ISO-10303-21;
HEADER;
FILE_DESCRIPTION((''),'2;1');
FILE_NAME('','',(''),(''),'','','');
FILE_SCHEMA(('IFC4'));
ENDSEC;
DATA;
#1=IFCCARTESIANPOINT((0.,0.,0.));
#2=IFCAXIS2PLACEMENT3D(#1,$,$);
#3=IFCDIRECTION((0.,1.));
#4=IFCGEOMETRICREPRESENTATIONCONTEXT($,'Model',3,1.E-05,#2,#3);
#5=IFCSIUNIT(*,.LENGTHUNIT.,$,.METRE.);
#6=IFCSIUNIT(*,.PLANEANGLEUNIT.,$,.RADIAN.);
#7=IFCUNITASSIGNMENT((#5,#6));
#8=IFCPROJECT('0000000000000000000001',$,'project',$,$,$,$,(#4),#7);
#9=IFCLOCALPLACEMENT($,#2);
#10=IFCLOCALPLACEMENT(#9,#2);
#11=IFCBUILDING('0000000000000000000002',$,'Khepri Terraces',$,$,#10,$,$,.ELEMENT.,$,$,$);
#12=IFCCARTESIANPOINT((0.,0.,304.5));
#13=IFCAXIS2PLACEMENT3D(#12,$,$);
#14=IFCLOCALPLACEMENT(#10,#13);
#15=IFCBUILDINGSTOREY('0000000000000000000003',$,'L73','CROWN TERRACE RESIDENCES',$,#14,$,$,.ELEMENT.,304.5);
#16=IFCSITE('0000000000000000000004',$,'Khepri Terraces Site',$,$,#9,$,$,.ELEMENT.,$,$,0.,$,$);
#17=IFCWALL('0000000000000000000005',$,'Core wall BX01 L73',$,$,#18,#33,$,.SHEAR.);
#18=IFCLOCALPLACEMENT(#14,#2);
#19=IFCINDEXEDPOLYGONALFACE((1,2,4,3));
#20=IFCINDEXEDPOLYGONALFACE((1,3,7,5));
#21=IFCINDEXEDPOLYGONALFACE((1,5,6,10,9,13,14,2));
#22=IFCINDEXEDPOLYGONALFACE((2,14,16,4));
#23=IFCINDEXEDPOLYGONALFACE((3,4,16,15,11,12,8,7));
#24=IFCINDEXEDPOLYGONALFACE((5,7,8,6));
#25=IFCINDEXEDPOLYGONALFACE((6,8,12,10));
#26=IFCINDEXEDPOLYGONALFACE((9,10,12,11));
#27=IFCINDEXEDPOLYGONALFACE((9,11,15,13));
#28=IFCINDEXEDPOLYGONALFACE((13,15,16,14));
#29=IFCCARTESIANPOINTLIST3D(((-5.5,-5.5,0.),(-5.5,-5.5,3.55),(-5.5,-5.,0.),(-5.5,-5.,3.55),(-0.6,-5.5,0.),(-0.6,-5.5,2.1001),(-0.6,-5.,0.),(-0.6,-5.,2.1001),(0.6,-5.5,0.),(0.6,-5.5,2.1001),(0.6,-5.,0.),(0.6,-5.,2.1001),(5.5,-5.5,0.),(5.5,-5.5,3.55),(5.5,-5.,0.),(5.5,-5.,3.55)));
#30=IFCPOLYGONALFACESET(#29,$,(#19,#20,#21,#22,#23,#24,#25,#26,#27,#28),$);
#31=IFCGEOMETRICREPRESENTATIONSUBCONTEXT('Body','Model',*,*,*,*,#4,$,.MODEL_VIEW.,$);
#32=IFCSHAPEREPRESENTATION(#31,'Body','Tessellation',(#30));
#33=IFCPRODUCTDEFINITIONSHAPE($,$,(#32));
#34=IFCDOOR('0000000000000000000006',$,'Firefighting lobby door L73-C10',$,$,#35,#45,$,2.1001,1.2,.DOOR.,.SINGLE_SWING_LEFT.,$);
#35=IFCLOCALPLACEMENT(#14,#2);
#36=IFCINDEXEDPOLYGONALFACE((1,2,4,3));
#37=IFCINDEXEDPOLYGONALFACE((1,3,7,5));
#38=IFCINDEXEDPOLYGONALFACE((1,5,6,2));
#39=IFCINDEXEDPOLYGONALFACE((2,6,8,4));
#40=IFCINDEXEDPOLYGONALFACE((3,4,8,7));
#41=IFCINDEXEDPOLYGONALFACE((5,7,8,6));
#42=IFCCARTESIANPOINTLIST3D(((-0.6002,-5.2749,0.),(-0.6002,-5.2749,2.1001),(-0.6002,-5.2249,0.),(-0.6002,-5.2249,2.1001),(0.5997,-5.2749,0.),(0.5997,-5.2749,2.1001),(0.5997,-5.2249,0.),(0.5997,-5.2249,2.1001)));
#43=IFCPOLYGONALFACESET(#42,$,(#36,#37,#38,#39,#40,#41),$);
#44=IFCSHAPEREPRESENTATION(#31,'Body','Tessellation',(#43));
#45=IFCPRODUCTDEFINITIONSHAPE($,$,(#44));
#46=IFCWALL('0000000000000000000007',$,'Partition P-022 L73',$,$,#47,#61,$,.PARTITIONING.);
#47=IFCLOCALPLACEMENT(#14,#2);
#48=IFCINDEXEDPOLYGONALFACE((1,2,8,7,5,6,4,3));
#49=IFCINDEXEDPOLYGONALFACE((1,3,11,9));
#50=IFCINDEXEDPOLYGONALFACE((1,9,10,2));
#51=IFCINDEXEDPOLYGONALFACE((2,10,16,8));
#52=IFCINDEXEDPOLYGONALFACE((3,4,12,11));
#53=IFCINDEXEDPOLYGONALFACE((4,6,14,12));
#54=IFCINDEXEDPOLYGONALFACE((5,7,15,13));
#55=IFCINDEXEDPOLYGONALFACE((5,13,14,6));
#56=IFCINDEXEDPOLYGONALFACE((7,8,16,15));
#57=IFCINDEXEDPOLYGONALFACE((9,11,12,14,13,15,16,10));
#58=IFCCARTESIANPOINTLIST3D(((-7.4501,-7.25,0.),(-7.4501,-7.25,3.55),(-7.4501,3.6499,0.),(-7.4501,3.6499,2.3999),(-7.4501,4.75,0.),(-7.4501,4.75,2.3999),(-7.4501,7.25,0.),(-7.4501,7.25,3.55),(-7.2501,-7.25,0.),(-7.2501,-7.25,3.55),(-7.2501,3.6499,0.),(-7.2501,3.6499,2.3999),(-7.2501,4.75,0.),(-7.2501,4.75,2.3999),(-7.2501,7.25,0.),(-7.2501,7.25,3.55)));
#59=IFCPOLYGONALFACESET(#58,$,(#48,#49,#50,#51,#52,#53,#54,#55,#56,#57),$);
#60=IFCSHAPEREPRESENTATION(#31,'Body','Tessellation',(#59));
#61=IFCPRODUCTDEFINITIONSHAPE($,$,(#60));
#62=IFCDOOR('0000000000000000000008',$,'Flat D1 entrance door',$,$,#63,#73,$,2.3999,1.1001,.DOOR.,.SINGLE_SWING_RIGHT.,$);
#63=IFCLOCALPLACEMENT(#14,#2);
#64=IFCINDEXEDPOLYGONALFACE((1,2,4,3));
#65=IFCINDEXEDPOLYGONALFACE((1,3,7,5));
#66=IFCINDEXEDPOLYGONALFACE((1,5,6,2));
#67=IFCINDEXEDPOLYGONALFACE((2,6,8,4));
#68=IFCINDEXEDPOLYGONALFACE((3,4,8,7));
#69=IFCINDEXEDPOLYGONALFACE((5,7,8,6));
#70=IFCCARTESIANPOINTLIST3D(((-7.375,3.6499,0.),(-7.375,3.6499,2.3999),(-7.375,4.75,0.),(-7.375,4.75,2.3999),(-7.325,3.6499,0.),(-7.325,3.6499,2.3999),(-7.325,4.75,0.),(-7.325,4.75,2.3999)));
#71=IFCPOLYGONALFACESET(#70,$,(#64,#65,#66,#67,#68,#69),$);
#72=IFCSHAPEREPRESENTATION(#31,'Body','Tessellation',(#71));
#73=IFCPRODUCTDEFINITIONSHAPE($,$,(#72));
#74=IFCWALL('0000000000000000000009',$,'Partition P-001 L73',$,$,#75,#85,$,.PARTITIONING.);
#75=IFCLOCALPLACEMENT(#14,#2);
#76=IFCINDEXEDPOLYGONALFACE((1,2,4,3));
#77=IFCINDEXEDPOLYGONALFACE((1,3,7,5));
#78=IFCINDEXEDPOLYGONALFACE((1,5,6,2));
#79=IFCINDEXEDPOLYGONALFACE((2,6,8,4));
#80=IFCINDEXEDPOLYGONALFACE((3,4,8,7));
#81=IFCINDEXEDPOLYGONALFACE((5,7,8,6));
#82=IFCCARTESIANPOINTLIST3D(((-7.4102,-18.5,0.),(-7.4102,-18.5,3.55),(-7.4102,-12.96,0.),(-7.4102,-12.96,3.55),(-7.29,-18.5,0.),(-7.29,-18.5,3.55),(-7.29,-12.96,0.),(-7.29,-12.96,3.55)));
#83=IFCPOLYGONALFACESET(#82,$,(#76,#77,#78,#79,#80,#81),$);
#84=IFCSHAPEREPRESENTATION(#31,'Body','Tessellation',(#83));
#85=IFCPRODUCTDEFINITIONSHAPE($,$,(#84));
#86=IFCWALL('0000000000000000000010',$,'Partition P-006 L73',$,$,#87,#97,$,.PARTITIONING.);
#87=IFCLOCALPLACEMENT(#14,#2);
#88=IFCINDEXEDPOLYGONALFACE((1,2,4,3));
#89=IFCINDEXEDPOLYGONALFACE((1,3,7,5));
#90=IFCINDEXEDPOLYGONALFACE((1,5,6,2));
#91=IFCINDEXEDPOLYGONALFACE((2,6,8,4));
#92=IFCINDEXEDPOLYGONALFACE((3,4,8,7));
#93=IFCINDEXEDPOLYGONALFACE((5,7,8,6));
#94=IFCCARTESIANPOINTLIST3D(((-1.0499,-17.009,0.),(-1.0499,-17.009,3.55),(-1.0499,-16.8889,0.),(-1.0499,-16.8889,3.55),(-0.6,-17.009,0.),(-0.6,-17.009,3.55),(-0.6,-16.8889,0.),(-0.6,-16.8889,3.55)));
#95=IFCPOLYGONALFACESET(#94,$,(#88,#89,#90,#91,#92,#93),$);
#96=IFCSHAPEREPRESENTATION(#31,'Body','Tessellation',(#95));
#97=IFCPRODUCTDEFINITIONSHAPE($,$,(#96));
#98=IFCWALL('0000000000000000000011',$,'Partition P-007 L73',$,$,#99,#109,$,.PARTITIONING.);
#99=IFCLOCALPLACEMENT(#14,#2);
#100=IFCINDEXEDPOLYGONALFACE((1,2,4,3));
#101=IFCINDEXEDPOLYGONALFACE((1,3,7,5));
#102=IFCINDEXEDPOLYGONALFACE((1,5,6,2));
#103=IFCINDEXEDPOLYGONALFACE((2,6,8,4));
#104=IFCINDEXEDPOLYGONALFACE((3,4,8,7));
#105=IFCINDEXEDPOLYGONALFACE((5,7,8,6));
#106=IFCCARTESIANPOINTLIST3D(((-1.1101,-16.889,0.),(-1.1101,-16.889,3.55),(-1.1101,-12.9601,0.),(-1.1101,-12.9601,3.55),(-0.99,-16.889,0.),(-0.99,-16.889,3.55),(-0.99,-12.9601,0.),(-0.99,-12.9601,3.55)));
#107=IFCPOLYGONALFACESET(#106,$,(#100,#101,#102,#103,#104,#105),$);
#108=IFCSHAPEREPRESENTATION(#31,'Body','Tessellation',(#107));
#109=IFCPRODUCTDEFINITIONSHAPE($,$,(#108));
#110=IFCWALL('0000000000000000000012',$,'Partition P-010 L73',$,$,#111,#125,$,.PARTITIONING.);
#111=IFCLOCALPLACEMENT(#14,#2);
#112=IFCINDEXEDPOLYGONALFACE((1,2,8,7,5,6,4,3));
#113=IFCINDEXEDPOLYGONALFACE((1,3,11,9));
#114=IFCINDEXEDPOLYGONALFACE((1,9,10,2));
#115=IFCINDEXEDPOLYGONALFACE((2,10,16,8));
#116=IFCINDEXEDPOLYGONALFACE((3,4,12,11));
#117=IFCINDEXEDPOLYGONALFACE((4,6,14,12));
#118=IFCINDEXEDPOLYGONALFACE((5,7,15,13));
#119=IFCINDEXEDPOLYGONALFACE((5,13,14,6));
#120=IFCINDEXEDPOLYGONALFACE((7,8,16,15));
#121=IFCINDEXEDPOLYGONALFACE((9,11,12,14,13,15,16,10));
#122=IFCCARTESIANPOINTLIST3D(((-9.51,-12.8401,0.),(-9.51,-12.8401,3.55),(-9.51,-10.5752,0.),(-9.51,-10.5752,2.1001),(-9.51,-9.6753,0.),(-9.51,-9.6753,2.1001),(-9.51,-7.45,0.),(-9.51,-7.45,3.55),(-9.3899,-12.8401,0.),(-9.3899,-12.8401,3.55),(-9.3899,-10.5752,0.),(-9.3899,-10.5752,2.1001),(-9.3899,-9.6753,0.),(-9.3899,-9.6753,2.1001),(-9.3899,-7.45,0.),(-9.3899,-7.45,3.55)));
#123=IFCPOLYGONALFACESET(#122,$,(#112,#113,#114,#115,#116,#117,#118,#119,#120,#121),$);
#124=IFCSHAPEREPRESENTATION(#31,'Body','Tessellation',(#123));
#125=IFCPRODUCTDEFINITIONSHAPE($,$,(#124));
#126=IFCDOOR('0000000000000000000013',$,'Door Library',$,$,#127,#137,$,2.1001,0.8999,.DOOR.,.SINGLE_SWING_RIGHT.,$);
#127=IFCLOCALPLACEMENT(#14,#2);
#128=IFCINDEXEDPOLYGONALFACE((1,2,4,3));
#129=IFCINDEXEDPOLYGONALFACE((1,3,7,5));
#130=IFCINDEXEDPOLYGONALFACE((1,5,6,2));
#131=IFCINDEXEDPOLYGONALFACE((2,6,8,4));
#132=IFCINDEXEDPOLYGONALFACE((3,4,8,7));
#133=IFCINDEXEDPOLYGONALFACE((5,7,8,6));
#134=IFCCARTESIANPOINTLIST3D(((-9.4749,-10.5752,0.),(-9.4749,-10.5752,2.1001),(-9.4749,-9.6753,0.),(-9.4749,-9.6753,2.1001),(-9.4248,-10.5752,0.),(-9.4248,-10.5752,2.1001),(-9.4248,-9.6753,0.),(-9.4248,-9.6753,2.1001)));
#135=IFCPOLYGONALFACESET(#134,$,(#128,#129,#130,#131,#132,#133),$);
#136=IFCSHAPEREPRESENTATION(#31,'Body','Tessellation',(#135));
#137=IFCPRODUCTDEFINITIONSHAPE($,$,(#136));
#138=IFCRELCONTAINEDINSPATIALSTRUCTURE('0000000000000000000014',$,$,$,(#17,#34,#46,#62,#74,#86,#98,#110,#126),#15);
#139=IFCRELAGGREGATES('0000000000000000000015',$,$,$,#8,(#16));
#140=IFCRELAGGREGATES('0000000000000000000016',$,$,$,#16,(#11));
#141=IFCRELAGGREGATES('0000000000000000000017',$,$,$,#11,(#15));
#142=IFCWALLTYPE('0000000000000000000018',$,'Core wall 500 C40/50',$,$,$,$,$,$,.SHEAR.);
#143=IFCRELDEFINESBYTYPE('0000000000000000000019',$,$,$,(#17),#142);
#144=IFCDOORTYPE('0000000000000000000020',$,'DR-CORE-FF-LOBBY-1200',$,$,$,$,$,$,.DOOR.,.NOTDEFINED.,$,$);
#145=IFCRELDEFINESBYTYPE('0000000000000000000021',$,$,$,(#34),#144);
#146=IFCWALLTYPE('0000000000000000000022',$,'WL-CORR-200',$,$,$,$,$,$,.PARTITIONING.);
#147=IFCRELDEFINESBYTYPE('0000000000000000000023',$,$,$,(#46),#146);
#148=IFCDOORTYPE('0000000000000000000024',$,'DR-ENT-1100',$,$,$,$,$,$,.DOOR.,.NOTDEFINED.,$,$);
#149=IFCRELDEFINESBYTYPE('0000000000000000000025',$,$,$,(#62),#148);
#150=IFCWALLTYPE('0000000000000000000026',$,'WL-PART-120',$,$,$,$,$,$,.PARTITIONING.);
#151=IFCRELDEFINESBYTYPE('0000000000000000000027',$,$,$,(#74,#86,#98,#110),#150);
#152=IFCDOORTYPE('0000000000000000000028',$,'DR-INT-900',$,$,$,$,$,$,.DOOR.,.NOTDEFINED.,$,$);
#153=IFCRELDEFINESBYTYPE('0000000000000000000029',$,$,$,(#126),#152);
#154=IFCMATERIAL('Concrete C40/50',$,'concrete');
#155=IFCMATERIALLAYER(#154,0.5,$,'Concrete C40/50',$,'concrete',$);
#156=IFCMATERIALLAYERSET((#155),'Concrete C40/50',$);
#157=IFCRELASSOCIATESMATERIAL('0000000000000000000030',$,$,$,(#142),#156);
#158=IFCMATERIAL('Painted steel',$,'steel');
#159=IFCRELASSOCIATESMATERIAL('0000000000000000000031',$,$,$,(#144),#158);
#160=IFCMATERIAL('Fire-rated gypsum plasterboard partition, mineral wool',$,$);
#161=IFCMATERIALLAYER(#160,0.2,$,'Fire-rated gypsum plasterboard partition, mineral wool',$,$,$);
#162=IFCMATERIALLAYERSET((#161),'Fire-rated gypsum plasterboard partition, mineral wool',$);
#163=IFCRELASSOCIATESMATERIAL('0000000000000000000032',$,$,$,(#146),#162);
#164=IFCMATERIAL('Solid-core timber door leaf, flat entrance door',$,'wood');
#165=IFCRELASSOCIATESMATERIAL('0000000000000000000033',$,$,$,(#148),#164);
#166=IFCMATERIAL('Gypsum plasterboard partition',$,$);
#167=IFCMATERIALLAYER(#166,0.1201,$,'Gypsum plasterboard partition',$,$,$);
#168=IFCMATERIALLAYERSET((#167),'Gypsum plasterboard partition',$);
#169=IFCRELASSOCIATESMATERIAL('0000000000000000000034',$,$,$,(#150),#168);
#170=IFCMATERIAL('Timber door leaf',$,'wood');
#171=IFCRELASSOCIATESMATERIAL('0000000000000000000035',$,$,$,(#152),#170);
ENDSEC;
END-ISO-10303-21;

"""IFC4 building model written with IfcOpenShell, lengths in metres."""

from ifc_helpers import new_model, si_unit, direction, frame, frame_2d, origin, place, context, subcontext, project, spatial, rectangle, extrude, material, layer, layer_set, type_object, element, fill, save


model = new_model("IFC4")

# Units and contexts
model_context = context("Model", 3, precision=1e-05, world=origin(), true_north=direction((0.0, 1.0)))
body_context = subcontext(model_context, "Body", "Model", "MODEL_VIEW")
ifc_project = project(units=[si_unit("LENGTHUNIT", "METRE"), si_unit("PLANEANGLEUNIT", "RADIAN")], contexts=[model_context])

# Site, building, storey
site_placement = place(None, origin())
site = spatial("IfcSite", under=ifc_project, at=site_placement, Name="Khepri Terraces Site", CompositionType="ELEMENT", RefElevation=0.0)
building_placement = place(site_placement, origin())
building = spatial("IfcBuilding", under=site, at=building_placement, Name="Khepri Terraces", CompositionType="ELEMENT")
storey_placement = place(building_placement, frame((0.0, 0.0, 304.5)))
storey = spatial("IfcBuildingStorey", under=building, at=storey_placement, Name="L73", Description="CROWN TERRACE RESIDENCES", CompositionType="ELEMENT", Elevation=304.5)

# Walls, openings, doors
ifc_material_1 = material(Name="Concrete C40/50", Category="concrete")
ifc_layer_1 = layer(ifc_material_1, 0.5, Name="Concrete C40/50", Category="concrete")
ifc_layer_set_1 = layer_set([ifc_layer_1], Name="Concrete C40/50")
wall_type_1 = type_object("IfcWallType", Name="Core wall 500 C40/50", PredefinedType="SHEAR", material=ifc_layer_set_1)
wall_1_placement = place(storey_placement, frame((-5.5, -5.25, 0.0), z_axis=(0.0, 0.0, 1.0), x_axis=(1.0, 0.0, 0.0)))
wall_1 = element("IfcWall", 1, at=wall_1_placement, inside=storey, type_object=wall_type_1, Name="Core wall BX01 L73", PredefinedType="SHEAR", context=body_context, shape_type="SweptSolid", body=[
    extrude(rectangle(XDim=11.0, YDim=0.5, at=frame_2d((5.5, 0.0))), origin(), (0.0, 0.0, 1.0), 3.55),
])
opening_1_placement = place(wall_1_placement, frame((4.8999, 0.0, 0.0)))
opening_1 = element("IfcOpeningElement", 2, at=opening_1_placement, cuts=wall_1, PredefinedType="OPENING", context=body_context, shape_type="SweptSolid", body=[
    extrude(rectangle(XDim=1.2, YDim=2.1001, at=frame_2d((0.6001, 1.05))), frame((0.0, 0.26, 0.0), z_axis=(0.0, -1.0, 0.0), x_axis=(1.0, 0.0, 0.0)), (0.0, 0.0, 1.0), 0.52),
])
ifc_material_2 = material(Name="Painted steel", Category="steel")
door_type_1 = type_object("IfcDoorType", Name="DR-CORE-FF-LOBBY-1200", OperationType="NOTDEFINED", PredefinedType="DOOR", material=ifc_material_2)
door_1_placement = place(opening_1_placement, frame((1.2, 0.0, 0.0), z_axis=(0.0, 0.0, 1.0), x_axis=(-1.0, 0.0, 0.0)))
door_1 = element("IfcDoor", 3, at=door_1_placement, inside=storey, type_object=door_type_1, Name="Firefighting lobby door L73-C10", OperationType="SINGLE_SWING_LEFT", OverallHeight=2.1001, OverallWidth=1.2, PredefinedType="DOOR", context=body_context, shape_type="SweptSolid", body=[
    extrude(rectangle(XDim=1.2, YDim=2.1001, at=frame_2d((0.6001, 1.05))), frame((0.0, 0.0249, 0.0), z_axis=(0.0, -1.0, 0.0), x_axis=(1.0, 0.0, 0.0)), (0.0, 0.0, 1.0), 0.05),
])
fill(opening_1, door_1)
ifc_material_3 = material(Name="Fire-rated gypsum plasterboard partition, mineral wool")
ifc_layer_2 = layer(ifc_material_3, 0.2, Name="Fire-rated gypsum plasterboard partition, mineral wool")
ifc_layer_set_2 = layer_set([ifc_layer_2], Name="Fire-rated gypsum plasterboard partition, mineral wool")
wall_type_2 = type_object("IfcWallType", Name="WL-CORR-200", PredefinedType="PARTITIONING", material=ifc_layer_set_2)
wall_2_placement = place(storey_placement, frame((-7.3501, -7.25, 0.0), z_axis=(0.0, 0.0, 1.0), x_axis=(0.0, 1.0, 0.0)))
wall_2 = element("IfcWall", 4, at=wall_2_placement, inside=storey, type_object=wall_type_2, Name="Partition P-022 L73", PredefinedType="PARTITIONING", context=body_context, shape_type="SweptSolid", body=[
    extrude(rectangle(XDim=14.5, YDim=0.2, at=frame_2d((7.25, 0.0))), origin(), (0.0, 0.0, 1.0), 3.55),
])
opening_2_placement = place(wall_2_placement, frame((10.8999, 0.0, 0.0)))
opening_2 = element("IfcOpeningElement", 5, at=opening_2_placement, cuts=wall_2, PredefinedType="OPENING", context=body_context, shape_type="SweptSolid", body=[
    extrude(rectangle(XDim=1.1001, YDim=2.3999, at=frame_2d((0.55, 1.2))), frame((0.0, 0.1099, 0.0), z_axis=(0.0, -1.0, 0.0), x_axis=(1.0, 0.0, 0.0)), (0.0, 0.0, 1.0), 0.22),
])
ifc_material_4 = material(Name="Solid-core timber door leaf, flat entrance door", Category="wood")
door_type_2 = type_object("IfcDoorType", Name="DR-ENT-1100", OperationType="NOTDEFINED", PredefinedType="DOOR", material=ifc_material_4)
door_2_placement = place(opening_2_placement, origin())
door_2 = element("IfcDoor", 6, at=door_2_placement, inside=storey, type_object=door_type_2, Name="Flat D1 entrance door", OperationType="SINGLE_SWING_RIGHT", OverallHeight=2.3999, OverallWidth=1.1001, PredefinedType="DOOR", context=body_context, shape_type="SweptSolid", body=[
    extrude(rectangle(XDim=1.1001, YDim=2.3999, at=frame_2d((0.55, 1.2))), frame((0.0, 0.0249, 0.0), z_axis=(0.0, -1.0, 0.0), x_axis=(1.0, 0.0, 0.0)), (0.0, 0.0, 1.0), 0.05),
])
fill(opening_2, door_2)

# Walls
ifc_material_5 = material(Name="Gypsum plasterboard partition")
ifc_layer_3 = layer(ifc_material_5, 0.1201, Name="Gypsum plasterboard partition")
ifc_layer_set_3 = layer_set([ifc_layer_3], Name="Gypsum plasterboard partition")
wall_type_3 = type_object("IfcWallType", Name="WL-PART-120", PredefinedType="PARTITIONING", material=ifc_layer_set_3)
wall_3_placement = place(storey_placement, frame((-7.3501, -18.5, 0.0), z_axis=(0.0, 0.0, 1.0), x_axis=(0.0, 1.0, 0.0)))
element("IfcWall", 7, at=wall_3_placement, inside=storey, type_object=wall_type_3, Name="Partition P-001 L73", PredefinedType="PARTITIONING", context=body_context, shape_type="SweptSolid", body=[
    extrude(rectangle(XDim=5.54, YDim=0.1201, at=frame_2d((2.77, 0.0))), origin(), (0.0, 0.0, 1.0), 3.55),
])
wall_4_placement = place(storey_placement, frame((-1.05, -16.949, 0.0), z_axis=(0.0, 0.0, 1.0), x_axis=(1.0, 0.0, 0.0)))
element("IfcWall", 8, at=wall_4_placement, inside=storey, type_object=wall_type_3, Name="Partition P-006 L73", PredefinedType="PARTITIONING", context=body_context, shape_type="SweptSolid", body=[
    extrude(rectangle(XDim=0.45, YDim=0.1201, at=frame_2d((0.2251, 0.0))), origin(), (0.0, 0.0, 1.0), 3.55),
])
wall_5_placement = place(storey_placement, frame((-1.05, -16.8889, 0.0), z_axis=(0.0, 0.0, 1.0), x_axis=(0.0, 1.0, 0.0)))
element("IfcWall", 9, at=wall_5_placement, inside=storey, type_object=wall_type_3, Name="Partition P-007 L73", PredefinedType="PARTITIONING", context=body_context, shape_type="SweptSolid", body=[
    extrude(rectangle(XDim=3.929, YDim=0.1201, at=frame_2d((1.9644, 0.0))), origin(), (0.0, 0.0, 1.0), 3.55),
])

# Wall, opening, door
wall_6_placement = place(storey_placement, frame((-9.45, -12.8401, 0.0), z_axis=(0.0, 0.0, 1.0), x_axis=(0.0, 1.0, 0.0)))
wall_6 = element("IfcWall", 10, at=wall_6_placement, inside=storey, type_object=wall_type_3, Name="Partition P-010 L73", PredefinedType="PARTITIONING", context=body_context, shape_type="SweptSolid", body=[
    extrude(rectangle(XDim=5.3901, YDim=0.1201, at=frame_2d((2.6951, 0.0))), origin(), (0.0, 0.0, 1.0), 3.55),
])
opening_3_placement = place(wall_6_placement, frame((2.2649, 0.0, 0.0)))
opening_3 = element("IfcOpeningElement", 11, at=opening_3_placement, cuts=wall_6, PredefinedType="OPENING", context=body_context, shape_type="SweptSolid", body=[
    extrude(rectangle(XDim=0.8999, YDim=2.1001, at=frame_2d((0.45, 1.05))), frame((0.0, 0.0701, 0.0), z_axis=(0.0, -1.0, 0.0), x_axis=(1.0, 0.0, 0.0)), (0.0, 0.0, 1.0), 0.1401),
])
ifc_material_6 = material(Name="Timber door leaf", Category="wood")
door_type_3 = type_object("IfcDoorType", Name="DR-INT-900", OperationType="NOTDEFINED", PredefinedType="DOOR", material=ifc_material_6)
door_3_placement = place(opening_3_placement, origin())
door_3 = element("IfcDoor", 12, at=door_3_placement, inside=storey, type_object=door_type_3, Name="Door Library", OperationType="SINGLE_SWING_RIGHT", OverallHeight=2.1001, OverallWidth=0.8999, PredefinedType="DOOR", context=body_context, shape_type="SweptSolid", body=[
    extrude(rectangle(XDim=0.8999, YDim=2.1001, at=frame_2d((0.45, 1.05))), frame((0.0, 0.0249, 0.0), z_axis=(0.0, -1.0, 0.0), x_axis=(1.0, 0.0, 0.0)), (0.0, 0.0, 1.0), 0.05),
])
fill(opening_3, door_3)

save(model, "model.ifc")
